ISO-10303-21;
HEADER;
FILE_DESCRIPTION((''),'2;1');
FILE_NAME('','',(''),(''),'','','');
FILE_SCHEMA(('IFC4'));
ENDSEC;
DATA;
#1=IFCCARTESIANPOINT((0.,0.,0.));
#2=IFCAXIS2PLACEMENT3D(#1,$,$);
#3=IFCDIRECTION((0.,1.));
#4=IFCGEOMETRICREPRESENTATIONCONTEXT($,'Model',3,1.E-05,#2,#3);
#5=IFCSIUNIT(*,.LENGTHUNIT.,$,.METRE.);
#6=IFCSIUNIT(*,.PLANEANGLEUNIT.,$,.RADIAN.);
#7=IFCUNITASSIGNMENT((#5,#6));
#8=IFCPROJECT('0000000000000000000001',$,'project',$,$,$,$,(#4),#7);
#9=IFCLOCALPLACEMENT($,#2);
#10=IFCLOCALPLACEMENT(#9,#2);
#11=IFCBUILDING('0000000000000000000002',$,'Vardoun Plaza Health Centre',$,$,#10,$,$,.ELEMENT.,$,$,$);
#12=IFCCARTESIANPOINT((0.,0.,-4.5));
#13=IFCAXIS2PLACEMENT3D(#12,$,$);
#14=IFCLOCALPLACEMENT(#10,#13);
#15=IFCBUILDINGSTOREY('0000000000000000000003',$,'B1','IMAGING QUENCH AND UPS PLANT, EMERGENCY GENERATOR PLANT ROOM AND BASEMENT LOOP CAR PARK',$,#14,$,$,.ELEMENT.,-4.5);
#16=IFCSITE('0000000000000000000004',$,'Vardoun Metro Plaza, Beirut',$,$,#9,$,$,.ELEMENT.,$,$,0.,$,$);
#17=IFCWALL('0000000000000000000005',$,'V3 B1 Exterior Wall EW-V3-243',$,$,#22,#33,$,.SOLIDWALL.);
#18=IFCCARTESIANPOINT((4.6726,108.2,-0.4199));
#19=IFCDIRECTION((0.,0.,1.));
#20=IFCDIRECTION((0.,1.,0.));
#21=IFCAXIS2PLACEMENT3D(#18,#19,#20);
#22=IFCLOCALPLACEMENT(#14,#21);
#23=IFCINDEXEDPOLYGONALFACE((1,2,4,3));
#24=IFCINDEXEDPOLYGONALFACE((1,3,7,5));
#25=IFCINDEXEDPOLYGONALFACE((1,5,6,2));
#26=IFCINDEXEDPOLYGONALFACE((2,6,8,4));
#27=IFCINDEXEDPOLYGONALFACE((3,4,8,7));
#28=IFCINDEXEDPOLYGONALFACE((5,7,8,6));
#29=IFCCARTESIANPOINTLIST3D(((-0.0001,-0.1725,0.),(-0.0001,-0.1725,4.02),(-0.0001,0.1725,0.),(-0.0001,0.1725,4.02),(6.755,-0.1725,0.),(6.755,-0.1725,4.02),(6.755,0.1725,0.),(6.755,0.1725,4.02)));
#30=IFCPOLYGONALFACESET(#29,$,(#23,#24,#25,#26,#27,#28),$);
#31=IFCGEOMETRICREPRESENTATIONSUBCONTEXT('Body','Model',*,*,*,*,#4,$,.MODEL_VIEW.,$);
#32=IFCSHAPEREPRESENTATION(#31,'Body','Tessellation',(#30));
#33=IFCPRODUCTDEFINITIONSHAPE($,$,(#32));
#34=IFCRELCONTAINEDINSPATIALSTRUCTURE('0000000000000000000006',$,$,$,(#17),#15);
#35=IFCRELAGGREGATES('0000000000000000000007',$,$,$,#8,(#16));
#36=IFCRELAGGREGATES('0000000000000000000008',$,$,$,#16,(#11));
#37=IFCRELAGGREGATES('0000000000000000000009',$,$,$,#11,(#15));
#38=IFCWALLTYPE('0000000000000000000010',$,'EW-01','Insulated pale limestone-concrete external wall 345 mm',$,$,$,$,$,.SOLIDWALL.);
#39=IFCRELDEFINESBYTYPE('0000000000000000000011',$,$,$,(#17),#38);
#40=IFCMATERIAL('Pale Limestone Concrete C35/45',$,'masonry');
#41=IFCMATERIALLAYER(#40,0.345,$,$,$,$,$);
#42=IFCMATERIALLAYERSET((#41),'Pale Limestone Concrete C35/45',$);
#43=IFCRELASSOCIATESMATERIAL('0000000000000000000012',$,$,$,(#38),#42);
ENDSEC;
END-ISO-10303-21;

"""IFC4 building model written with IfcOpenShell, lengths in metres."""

from ifc_helpers import new_model, si_unit, direction, frame, frame_2d, origin, place, context, subcontext, project, spatial, rectangle, extrude, material, layer, layer_set, type_object, element, save


model = new_model("IFC4")

# Units and contexts
model_context = context("Model", 3, precision=1e-05, world=origin(), true_north=direction((0.0, 1.0)))
body_context = subcontext(model_context, "Body", "Model", "MODEL_VIEW")
ifc_project = project(units=[si_unit("LENGTHUNIT", "METRE"), si_unit("PLANEANGLEUNIT", "RADIAN")], contexts=[model_context])

# Site, building, storey
site_placement = place(None, origin())
site = spatial("IfcSite", under=ifc_project, at=site_placement, Name="Vardoun Metro Plaza, Beirut", CompositionType="ELEMENT", RefElevation=0.0)
building_placement = place(site_placement, origin())
building = spatial("IfcBuilding", under=site, at=building_placement, Name="Vardoun Plaza Health Centre", CompositionType="ELEMENT")
storey_placement = place(building_placement, frame((0.0, 0.0, -4.5)))
storey = spatial("IfcBuildingStorey", under=building, at=storey_placement, Name="B1", Description="IMAGING QUENCH AND UPS PLANT, EMERGENCY GENERATOR PLANT ROOM AND BASEMENT LOOP CAR PARK", CompositionType="ELEMENT", Elevation=-4.5)

# Wall
ifc_material_1 = material(Name="Pale Limestone Concrete C35/45", Category="masonry")
ifc_layer_1 = layer(ifc_material_1, 0.345)
ifc_layer_set_1 = layer_set([ifc_layer_1], Name="Pale Limestone Concrete C35/45")
wall_type_1 = type_object("IfcWallType", Name="EW-01", Description="Insulated pale limestone-concrete external wall 345 mm", PredefinedType="SOLIDWALL", material=ifc_layer_set_1)
wall_1_placement = place(storey_placement, frame((4.6726, 108.2, -0.4199), z_axis=(0.0, 0.0, 1.0), x_axis=(0.0, 1.0, 0.0)))
element("IfcWall", 1, at=wall_1_placement, inside=storey, type_object=wall_type_1, Name="V3 B1 Exterior Wall EW-V3-243", PredefinedType="SOLIDWALL", context=body_context, shape_type="SweptSolid", body=[
    extrude(rectangle(XDim=6.7551, YDim=0.345, at=frame_2d((3.3774, 0.0))), origin(), (0.0, 0.0, 1.0), 4.02),
])

save(model, "model.ifc")
